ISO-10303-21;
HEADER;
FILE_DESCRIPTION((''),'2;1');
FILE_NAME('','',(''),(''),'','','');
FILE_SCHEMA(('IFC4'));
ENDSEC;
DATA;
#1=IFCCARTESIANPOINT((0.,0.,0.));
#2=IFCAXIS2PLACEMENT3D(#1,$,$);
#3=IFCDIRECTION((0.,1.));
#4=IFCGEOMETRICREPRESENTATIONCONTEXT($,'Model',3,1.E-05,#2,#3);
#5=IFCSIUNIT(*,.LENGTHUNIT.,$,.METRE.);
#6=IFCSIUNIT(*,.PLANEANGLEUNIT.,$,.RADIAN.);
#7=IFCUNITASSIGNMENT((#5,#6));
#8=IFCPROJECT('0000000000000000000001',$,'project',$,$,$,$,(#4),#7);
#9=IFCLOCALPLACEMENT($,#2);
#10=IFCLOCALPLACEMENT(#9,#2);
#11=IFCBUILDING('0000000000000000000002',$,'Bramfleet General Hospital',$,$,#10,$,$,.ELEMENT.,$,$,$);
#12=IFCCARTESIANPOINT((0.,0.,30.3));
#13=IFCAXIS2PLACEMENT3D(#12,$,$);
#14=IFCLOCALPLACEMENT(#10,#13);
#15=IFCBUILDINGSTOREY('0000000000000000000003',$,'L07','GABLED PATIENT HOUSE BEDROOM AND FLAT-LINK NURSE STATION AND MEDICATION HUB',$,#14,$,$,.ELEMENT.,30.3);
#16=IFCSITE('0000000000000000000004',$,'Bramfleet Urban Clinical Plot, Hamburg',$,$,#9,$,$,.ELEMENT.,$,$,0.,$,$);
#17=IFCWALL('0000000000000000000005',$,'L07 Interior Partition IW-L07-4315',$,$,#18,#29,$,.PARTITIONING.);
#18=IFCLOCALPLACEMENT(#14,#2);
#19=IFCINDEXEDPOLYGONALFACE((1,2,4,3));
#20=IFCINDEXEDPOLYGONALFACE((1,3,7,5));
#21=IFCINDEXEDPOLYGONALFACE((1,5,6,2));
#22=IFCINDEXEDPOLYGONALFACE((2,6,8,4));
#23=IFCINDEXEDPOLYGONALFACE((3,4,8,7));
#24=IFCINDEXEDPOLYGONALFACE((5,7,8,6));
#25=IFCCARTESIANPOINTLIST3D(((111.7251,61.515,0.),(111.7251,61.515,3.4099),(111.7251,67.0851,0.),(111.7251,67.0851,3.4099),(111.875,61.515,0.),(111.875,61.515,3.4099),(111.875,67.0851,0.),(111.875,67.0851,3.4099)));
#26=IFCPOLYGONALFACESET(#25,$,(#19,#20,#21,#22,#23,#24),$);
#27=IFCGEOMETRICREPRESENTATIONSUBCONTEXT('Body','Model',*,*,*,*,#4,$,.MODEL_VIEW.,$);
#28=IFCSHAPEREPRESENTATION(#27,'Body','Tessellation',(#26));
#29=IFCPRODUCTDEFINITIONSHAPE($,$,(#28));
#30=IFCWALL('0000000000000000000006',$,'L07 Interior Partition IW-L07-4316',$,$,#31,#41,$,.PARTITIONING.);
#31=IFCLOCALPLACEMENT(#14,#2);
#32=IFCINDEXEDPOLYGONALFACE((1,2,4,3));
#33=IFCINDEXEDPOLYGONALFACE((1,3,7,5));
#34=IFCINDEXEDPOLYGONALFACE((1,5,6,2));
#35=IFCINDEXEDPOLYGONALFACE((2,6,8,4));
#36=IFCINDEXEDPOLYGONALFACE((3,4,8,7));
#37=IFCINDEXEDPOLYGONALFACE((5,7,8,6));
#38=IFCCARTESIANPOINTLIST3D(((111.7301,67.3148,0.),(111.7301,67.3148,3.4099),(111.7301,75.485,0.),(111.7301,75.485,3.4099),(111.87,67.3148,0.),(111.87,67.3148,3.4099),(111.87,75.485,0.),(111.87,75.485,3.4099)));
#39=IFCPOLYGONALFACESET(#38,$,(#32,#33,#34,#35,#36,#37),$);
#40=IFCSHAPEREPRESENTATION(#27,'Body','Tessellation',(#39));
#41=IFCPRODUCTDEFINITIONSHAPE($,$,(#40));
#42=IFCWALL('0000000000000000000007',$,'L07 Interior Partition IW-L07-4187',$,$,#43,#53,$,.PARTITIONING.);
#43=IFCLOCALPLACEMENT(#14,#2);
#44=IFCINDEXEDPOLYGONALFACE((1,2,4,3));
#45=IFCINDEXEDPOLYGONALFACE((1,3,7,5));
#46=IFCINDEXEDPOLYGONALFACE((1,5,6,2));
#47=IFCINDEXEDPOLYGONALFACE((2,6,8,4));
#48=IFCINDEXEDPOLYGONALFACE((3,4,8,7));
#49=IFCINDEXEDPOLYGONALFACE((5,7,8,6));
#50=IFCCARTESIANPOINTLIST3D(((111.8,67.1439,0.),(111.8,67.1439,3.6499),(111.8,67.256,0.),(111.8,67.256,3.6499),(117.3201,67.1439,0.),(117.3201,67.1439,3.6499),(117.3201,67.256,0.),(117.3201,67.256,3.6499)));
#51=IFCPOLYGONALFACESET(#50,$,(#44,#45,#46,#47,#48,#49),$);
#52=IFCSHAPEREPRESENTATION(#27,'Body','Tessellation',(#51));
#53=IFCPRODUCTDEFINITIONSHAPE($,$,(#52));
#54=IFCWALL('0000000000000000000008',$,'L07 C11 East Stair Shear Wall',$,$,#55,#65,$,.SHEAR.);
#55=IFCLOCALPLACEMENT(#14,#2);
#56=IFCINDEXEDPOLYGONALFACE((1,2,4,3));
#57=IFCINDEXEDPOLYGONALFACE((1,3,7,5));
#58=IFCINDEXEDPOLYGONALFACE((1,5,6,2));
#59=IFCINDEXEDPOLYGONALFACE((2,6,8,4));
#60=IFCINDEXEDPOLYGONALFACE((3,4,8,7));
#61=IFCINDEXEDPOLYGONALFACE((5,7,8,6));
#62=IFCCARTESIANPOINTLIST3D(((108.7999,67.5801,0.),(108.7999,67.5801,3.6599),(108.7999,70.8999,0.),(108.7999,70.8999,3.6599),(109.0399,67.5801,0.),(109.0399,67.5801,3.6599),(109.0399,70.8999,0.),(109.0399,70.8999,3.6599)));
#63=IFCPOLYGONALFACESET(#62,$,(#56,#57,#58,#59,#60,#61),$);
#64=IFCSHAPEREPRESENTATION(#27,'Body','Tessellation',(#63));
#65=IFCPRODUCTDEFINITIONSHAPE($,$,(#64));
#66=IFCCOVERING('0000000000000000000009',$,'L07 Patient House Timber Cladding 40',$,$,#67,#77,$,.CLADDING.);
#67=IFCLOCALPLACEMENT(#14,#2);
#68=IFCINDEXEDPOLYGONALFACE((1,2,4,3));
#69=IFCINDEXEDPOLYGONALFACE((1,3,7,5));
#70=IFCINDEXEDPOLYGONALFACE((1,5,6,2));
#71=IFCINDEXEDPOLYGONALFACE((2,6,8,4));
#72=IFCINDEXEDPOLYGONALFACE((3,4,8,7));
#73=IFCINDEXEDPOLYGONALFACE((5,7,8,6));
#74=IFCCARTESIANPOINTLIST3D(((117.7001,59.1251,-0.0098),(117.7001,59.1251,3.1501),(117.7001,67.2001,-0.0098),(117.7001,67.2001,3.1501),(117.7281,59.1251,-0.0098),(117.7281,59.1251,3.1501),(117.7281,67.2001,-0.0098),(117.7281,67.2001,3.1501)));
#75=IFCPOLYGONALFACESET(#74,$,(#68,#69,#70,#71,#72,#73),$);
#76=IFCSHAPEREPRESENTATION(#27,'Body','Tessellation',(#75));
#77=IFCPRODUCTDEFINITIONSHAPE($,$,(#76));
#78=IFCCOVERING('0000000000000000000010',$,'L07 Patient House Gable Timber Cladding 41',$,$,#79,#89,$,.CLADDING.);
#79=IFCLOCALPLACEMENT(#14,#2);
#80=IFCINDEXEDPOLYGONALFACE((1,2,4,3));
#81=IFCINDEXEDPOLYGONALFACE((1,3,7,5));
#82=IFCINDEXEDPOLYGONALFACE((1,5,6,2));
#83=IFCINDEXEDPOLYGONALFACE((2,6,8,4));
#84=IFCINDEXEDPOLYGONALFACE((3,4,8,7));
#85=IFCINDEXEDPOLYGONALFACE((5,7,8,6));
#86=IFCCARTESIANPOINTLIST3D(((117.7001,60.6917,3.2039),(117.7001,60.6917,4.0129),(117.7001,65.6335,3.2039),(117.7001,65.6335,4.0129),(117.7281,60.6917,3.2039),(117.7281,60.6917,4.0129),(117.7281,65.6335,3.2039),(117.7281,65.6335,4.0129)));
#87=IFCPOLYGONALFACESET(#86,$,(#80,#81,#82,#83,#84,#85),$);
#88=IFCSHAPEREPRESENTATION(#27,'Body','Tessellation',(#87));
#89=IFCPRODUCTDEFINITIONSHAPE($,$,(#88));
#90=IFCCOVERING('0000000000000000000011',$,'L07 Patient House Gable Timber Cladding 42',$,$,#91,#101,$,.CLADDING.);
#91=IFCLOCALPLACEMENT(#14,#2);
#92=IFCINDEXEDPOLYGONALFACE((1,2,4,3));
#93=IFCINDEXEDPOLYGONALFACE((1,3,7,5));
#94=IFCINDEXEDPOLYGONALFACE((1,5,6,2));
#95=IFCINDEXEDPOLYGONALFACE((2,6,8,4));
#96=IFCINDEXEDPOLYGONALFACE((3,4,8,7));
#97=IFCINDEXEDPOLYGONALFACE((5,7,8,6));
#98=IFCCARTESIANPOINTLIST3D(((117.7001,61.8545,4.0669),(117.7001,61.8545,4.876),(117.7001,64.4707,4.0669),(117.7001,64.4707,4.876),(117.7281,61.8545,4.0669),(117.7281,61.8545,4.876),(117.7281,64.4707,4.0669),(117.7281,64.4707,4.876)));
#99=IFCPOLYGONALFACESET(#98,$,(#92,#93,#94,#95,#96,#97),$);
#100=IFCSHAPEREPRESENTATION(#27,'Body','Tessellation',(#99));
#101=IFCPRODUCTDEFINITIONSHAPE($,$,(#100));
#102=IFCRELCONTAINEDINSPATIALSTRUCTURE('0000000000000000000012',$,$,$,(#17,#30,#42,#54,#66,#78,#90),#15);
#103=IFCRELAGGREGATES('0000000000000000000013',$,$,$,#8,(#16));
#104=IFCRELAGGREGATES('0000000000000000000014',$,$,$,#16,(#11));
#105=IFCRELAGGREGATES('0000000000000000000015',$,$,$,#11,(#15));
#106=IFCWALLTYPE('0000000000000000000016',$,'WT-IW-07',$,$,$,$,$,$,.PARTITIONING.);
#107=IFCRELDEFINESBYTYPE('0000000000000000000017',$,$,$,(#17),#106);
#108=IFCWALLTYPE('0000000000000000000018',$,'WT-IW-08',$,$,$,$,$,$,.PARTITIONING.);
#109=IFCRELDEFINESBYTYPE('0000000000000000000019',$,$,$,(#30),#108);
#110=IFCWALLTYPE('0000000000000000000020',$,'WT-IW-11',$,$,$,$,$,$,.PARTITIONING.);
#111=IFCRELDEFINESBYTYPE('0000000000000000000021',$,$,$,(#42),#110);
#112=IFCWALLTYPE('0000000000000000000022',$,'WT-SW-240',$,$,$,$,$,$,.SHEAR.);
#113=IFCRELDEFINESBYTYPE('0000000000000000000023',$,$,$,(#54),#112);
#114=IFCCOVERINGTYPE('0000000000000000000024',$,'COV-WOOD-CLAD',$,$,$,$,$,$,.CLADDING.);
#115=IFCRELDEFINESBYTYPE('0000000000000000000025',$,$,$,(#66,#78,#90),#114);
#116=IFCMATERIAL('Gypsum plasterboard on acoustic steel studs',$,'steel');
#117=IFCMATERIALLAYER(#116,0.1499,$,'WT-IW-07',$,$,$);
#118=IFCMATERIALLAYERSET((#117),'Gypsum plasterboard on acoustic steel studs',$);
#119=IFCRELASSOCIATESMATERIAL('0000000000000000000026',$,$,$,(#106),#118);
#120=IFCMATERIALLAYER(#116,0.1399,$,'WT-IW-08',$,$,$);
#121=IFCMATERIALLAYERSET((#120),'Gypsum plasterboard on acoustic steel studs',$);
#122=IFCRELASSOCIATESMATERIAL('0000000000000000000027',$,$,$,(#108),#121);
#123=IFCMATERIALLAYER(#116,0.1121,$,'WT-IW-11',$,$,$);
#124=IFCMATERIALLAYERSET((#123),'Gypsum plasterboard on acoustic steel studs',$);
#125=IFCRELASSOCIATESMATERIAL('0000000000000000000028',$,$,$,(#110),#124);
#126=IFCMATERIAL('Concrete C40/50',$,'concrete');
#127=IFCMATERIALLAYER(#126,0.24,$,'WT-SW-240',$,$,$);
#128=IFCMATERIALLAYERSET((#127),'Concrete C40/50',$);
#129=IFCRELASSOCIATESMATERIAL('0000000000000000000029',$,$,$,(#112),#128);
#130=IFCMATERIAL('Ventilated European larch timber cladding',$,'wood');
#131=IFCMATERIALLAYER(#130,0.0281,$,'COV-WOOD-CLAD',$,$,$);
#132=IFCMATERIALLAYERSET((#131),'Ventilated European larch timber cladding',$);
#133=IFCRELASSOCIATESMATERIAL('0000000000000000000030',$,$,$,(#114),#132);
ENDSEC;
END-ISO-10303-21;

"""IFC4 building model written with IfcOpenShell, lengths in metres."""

from ifc_helpers import new_model, si_unit, direction, frame, frame_2d, origin, origin_2d, place, context, subcontext, project, spatial, rectangle, extrude, material, layer, layer_set, type_object, element, save


model = new_model("IFC4")

# Units and contexts
model_context = context("Model", 3, precision=1e-05, world=origin(), true_north=direction((0.0, 1.0)))
body_context = subcontext(model_context, "Body", "Model", "MODEL_VIEW")
ifc_project = project(units=[si_unit("LENGTHUNIT", "METRE"), si_unit("PLANEANGLEUNIT", "RADIAN")], contexts=[model_context])

# Site, building, storey
site_placement = place(None, origin())
site = spatial("IfcSite", under=ifc_project, at=site_placement, Name="Bramfleet Urban Clinical Plot, Hamburg", CompositionType="ELEMENT", RefElevation=0.0)
building_placement = place(site_placement, origin())
building = spatial("IfcBuilding", under=site, at=building_placement, Name="Bramfleet General Hospital", CompositionType="ELEMENT")
storey_placement = place(building_placement, frame((0.0, 0.0, 30.3)))
storey = spatial("IfcBuildingStorey", under=building, at=storey_placement, Name="L07", Description="GABLED PATIENT HOUSE BEDROOM AND FLAT-LINK NURSE STATION AND MEDICATION HUB", CompositionType="ELEMENT", Elevation=30.3)

# Shared definitions
ifc_material_1 = material(Name="Concrete C40/50", Category="concrete")

# Walls
ifc_material_2 = material(Name="Gypsum plasterboard on acoustic steel studs", Category="steel")
ifc_layer_1 = layer(ifc_material_2, 0.1499, Name="WT-IW-07")
ifc_layer_set_1 = layer_set([ifc_layer_1], Name="Gypsum plasterboard on acoustic steel studs")
wall_type_1 = type_object("IfcWallType", Name="WT-IW-07", PredefinedType="PARTITIONING", material=ifc_layer_set_1)
wall_1_placement = place(storey_placement, frame((111.8, 61.5149, 0.0), z_axis=(0.0, 0.0, 1.0), x_axis=(0.0, 1.0, 0.0)))
element("IfcWall", 1, at=wall_1_placement, inside=storey, type_object=wall_type_1, Name="L07 Interior Partition IW-L07-4315", PredefinedType="PARTITIONING", context=body_context, shape_type="SweptSolid", body=[
    extrude(rectangle(XDim=5.5701, YDim=0.1499, at=frame_2d((2.7852, 0.0))), origin(), (0.0, 0.0, 1.0), 3.4099),
])
ifc_layer_2 = layer(ifc_material_2, 0.1399, Name="WT-IW-08")
ifc_layer_set_2 = layer_set([ifc_layer_2], Name="Gypsum plasterboard on acoustic steel studs")
wall_type_2 = type_object("IfcWallType", Name="WT-IW-08", PredefinedType="PARTITIONING", material=ifc_layer_set_2)
wall_2_placement = place(storey_placement, frame((111.8, 67.3149, 0.0), z_axis=(0.0, 0.0, 1.0), x_axis=(0.0, 1.0, 0.0)))
element("IfcWall", 2, at=wall_2_placement, inside=storey, type_object=wall_type_2, Name="L07 Interior Partition IW-L07-4316", PredefinedType="PARTITIONING", context=body_context, shape_type="SweptSolid", body=[
    extrude(rectangle(XDim=8.1702, YDim=0.1399, at=frame_2d((4.085, 0.0))), origin(), (0.0, 0.0, 1.0), 3.4099),
])
ifc_layer_3 = layer(ifc_material_2, 0.1121, Name="WT-IW-11")
ifc_layer_set_3 = layer_set([ifc_layer_3], Name="Gypsum plasterboard on acoustic steel studs")
wall_type_3 = type_object("IfcWallType", Name="WT-IW-11", PredefinedType="PARTITIONING", material=ifc_layer_set_3)
wall_3_placement = place(storey_placement, frame((111.8, 67.2, 0.0), z_axis=(0.0, 0.0, 1.0), x_axis=(1.0, 0.0, 0.0)))
element("IfcWall", 3, at=wall_3_placement, inside=storey, type_object=wall_type_3, Name="L07 Interior Partition IW-L07-4187", PredefinedType="PARTITIONING", context=body_context, shape_type="SweptSolid", body=[
    extrude(rectangle(XDim=5.52, YDim=0.1121, at=frame_2d((2.76, 0.0))), origin(), (0.0, 0.0, 1.0), 3.6499),
])
ifc_layer_4 = layer(ifc_material_1, 0.24, Name="WT-SW-240")
ifc_layer_set_4 = layer_set([ifc_layer_4], Name="Concrete C40/50")
wall_type_4 = type_object("IfcWallType", Name="WT-SW-240", PredefinedType="SHEAR", material=ifc_layer_set_4)
wall_4_placement = place(storey_placement, frame((108.9199, 67.5801, 0.0), z_axis=(0.0, 0.0, 1.0), x_axis=(0.0, 1.0, 0.0)))
element("IfcWall", 4, at=wall_4_placement, inside=storey, type_object=wall_type_4, Name="L07 C11 East Stair Shear Wall", PredefinedType="SHEAR", context=body_context, shape_type="SweptSolid", body=[
    extrude(rectangle(XDim=3.3198, YDim=0.24, at=frame_2d((1.6599, 0.0))), origin(), (0.0, 0.0, 1.0), 3.6599),
])

# Coverings
ifc_material_3 = material(Name="Ventilated European larch timber cladding", Category="wood")
ifc_layer_5 = layer(ifc_material_3, 0.0281, Name="COV-WOOD-CLAD")
ifc_layer_set_5 = layer_set([ifc_layer_5], Name="Ventilated European larch timber cladding")
covering_type = type_object("IfcCoveringType", Name="COV-WOOD-CLAD", PredefinedType="CLADDING", material=ifc_layer_set_5)
covering_1_placement = place(storey_placement, frame((117.7141, 63.1626, -0.0098), z_axis=(0.0, 0.0, 1.0), x_axis=(0.0, -1.0, 0.0)))
element("IfcCovering", 5, at=covering_1_placement, inside=storey, type_object=covering_type, Name="L07 Patient House Timber Cladding 40", PredefinedType="CLADDING", context=body_context, shape_type="SweptSolid", body=[
    extrude(rectangle(XDim=8.075, YDim=0.0281, at=origin_2d()), origin(), (0.0, 0.0, 1.0), 3.1599),
])
covering_2_placement = place(storey_placement, frame((117.7141, 63.1626, 3.2039), z_axis=(0.0, 0.0, 1.0), x_axis=(0.0, -1.0, 0.0)))
element("IfcCovering", 6, at=covering_2_placement, inside=storey, type_object=covering_type, Name="L07 Patient House Gable Timber Cladding 41", PredefinedType="CLADDING", context=body_context, shape_type="SweptSolid", body=[
    extrude(rectangle(XDim=4.9419, YDim=0.0281, at=origin_2d()), origin(), (0.0, 0.0, 1.0), 0.8091),
])
covering_3_placement = place(storey_placement, frame((117.7141, 63.1626, 4.0669), z_axis=(0.0, 0.0, 1.0), x_axis=(0.0, -1.0, 0.0)))
element("IfcCovering", 7, at=covering_3_placement, inside=storey, type_object=covering_type, Name="L07 Patient House Gable Timber Cladding 42", PredefinedType="CLADDING", context=body_context, shape_type="SweptSolid", body=[
    extrude(rectangle(XDim=2.6162, YDim=0.0281, at=origin_2d()), origin(), (0.0, 0.0, 1.0), 0.8091),
])

save(model, "model.ifc")
